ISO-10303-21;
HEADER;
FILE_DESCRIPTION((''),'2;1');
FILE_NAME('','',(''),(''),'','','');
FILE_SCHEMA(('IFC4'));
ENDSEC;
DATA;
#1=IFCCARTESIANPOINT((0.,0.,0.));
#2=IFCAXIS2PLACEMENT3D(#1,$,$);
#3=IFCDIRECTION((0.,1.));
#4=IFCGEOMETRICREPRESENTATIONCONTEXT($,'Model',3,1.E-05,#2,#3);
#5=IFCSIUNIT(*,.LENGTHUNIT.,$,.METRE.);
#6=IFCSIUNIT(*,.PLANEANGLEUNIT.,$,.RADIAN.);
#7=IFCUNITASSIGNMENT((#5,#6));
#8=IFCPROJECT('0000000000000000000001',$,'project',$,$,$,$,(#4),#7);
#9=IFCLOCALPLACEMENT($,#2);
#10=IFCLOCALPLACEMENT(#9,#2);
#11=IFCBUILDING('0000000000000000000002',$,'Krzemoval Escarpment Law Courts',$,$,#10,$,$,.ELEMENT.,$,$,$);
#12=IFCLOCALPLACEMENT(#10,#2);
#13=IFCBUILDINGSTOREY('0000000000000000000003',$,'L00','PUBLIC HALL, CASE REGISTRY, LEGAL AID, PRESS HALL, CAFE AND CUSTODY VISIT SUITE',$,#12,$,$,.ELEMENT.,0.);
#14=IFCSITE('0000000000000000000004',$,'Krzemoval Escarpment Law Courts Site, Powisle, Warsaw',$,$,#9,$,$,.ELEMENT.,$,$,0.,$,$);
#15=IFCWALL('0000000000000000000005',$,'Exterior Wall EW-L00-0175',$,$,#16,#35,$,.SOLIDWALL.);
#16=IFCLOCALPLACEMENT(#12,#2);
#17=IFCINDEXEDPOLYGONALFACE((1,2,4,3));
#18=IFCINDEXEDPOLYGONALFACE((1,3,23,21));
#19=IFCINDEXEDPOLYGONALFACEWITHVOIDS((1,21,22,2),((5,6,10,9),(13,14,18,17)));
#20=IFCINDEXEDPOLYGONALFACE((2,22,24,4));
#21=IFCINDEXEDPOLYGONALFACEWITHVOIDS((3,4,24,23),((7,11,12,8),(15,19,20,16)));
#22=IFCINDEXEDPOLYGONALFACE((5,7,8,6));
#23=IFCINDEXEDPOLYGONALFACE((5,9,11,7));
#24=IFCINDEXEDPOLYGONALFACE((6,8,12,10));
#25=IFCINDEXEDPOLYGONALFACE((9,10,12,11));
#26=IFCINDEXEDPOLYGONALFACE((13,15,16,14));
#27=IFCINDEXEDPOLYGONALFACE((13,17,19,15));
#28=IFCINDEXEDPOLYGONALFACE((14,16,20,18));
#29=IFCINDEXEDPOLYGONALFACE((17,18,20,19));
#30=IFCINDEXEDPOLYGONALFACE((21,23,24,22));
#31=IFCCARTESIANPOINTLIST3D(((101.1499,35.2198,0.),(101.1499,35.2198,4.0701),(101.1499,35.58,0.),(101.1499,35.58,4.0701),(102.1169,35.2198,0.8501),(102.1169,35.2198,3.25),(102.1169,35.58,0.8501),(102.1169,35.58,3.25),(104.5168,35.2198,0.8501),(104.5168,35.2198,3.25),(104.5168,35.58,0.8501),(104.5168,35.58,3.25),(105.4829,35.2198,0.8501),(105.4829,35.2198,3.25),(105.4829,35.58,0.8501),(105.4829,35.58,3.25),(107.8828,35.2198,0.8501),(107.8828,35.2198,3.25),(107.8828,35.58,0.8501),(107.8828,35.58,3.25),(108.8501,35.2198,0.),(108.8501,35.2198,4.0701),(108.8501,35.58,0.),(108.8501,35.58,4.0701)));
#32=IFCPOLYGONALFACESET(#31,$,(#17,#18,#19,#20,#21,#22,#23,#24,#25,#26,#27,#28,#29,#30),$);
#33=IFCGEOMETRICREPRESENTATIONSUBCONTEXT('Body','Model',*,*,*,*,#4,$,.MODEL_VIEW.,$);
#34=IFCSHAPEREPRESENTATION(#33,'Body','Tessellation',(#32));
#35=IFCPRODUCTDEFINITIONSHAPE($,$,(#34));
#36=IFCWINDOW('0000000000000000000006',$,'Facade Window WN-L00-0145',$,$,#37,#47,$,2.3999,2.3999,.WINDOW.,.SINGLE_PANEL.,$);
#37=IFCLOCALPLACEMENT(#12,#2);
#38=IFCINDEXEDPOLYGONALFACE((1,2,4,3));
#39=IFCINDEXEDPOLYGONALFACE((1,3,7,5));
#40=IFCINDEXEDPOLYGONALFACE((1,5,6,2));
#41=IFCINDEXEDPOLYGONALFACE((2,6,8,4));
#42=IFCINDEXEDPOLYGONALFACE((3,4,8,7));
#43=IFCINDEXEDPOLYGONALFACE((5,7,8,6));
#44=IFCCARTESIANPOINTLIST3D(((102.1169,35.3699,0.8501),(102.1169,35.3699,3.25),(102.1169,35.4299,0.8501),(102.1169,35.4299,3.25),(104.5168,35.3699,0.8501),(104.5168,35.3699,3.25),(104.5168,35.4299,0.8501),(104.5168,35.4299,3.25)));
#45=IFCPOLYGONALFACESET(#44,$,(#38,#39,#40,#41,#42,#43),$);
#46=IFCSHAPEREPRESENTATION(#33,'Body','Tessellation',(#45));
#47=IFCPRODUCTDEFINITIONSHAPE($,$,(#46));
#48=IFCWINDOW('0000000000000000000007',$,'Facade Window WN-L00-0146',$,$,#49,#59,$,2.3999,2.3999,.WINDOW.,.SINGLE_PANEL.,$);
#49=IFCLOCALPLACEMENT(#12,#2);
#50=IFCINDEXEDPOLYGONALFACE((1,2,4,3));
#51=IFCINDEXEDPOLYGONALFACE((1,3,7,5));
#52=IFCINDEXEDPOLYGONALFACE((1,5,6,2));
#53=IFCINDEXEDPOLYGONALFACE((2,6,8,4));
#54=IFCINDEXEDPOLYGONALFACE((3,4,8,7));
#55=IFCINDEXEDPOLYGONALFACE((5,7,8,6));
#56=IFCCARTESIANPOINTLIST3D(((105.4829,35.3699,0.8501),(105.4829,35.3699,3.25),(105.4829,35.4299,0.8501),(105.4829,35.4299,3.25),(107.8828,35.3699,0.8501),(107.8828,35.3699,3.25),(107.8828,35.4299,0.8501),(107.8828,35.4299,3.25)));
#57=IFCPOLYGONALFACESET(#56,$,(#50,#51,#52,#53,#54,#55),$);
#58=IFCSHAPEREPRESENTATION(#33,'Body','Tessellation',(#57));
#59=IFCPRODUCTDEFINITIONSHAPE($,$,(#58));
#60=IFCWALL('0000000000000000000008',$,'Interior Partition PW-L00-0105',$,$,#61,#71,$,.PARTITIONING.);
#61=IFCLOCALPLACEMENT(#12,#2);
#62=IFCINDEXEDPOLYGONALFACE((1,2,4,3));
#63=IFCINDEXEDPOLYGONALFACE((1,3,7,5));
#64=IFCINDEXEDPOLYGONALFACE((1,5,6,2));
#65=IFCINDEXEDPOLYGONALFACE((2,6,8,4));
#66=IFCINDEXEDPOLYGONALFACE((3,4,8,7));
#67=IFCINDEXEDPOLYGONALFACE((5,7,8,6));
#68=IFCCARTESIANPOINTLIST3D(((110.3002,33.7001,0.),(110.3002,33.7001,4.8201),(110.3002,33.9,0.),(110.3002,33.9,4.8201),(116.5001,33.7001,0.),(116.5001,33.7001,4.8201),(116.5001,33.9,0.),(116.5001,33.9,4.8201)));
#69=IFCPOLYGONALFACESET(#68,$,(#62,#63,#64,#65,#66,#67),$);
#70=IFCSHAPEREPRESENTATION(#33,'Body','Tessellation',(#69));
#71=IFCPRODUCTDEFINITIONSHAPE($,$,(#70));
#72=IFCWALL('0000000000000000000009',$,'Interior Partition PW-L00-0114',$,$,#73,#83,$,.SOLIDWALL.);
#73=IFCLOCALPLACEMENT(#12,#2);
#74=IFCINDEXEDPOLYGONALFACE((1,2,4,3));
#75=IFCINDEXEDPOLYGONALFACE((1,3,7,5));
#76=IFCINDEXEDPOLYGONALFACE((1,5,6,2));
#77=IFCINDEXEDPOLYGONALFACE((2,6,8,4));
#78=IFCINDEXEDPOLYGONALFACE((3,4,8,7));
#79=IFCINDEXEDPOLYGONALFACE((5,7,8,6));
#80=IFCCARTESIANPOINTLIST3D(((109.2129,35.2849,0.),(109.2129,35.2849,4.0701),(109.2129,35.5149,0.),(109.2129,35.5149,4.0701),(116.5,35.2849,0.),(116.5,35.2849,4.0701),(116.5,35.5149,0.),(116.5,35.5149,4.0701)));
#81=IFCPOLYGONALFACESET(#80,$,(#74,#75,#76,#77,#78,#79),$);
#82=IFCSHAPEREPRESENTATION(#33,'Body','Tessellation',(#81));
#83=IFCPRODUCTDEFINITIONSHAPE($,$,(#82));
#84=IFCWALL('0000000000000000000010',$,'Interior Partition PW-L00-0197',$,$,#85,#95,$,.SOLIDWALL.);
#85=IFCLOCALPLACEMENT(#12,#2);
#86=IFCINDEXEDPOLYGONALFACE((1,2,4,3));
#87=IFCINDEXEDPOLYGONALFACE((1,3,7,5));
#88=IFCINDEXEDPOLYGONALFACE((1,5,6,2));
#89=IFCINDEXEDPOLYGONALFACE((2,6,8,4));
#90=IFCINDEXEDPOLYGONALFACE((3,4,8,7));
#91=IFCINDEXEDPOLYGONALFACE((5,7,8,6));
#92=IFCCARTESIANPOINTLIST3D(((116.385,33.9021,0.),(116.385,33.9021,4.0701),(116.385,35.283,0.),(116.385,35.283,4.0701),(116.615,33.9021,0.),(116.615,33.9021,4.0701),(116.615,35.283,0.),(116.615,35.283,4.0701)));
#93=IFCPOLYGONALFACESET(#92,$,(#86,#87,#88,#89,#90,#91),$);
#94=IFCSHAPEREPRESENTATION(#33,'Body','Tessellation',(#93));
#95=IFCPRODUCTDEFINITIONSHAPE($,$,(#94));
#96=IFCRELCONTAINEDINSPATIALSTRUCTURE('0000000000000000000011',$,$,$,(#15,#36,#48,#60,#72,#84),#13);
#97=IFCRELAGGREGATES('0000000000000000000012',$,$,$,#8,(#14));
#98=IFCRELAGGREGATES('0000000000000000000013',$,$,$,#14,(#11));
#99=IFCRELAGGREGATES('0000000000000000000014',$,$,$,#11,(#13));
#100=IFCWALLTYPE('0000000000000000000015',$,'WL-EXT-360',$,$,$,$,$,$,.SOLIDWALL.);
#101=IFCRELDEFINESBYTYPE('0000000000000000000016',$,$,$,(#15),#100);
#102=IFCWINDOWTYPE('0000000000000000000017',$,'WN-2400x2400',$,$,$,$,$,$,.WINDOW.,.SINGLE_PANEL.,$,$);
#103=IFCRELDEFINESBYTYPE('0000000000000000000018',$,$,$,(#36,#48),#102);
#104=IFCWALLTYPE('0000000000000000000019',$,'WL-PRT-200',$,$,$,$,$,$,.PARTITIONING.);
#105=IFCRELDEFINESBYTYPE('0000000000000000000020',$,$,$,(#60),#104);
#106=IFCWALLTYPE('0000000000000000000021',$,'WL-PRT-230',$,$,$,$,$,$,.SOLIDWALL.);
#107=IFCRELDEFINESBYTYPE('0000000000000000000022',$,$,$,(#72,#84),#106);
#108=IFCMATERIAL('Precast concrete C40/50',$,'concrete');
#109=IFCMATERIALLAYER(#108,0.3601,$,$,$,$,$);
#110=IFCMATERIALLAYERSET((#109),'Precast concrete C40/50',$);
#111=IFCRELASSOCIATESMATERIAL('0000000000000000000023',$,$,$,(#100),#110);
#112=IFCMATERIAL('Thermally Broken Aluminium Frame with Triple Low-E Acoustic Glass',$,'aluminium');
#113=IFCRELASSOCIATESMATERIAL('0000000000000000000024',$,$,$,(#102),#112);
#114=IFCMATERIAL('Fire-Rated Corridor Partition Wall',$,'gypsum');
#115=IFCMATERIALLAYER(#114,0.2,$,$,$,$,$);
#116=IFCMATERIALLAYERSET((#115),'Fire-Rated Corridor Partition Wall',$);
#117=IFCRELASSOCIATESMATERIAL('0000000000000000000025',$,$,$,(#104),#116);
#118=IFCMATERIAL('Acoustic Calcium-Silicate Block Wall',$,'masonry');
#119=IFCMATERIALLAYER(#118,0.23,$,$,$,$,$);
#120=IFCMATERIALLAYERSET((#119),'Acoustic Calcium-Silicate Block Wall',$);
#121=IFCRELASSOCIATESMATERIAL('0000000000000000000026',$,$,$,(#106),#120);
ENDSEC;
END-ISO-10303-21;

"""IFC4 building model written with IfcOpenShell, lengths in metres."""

from ifc_helpers import new_model, si_unit, direction, frame, frame_2d, origin, place, context, subcontext, project, spatial, rectangle, extrude, material, layer, layer_set, type_object, element, fill, save


model = new_model("IFC4")

# Units and contexts
model_context = context("Model", 3, precision=1e-05, world=origin(), true_north=direction((0.0, 1.0)))
body_context = subcontext(model_context, "Body", "Model", "MODEL_VIEW")
ifc_project = project(units=[si_unit("LENGTHUNIT", "METRE"), si_unit("PLANEANGLEUNIT", "RADIAN")], contexts=[model_context])

# Site, building, storey
site_placement = place(None, origin())
site = spatial("IfcSite", under=ifc_project, at=site_placement, Name="Krzemoval Escarpment Law Courts Site, Powisle, Warsaw", CompositionType="ELEMENT", RefElevation=0.0)
building_placement = place(site_placement, origin())
building = spatial("IfcBuilding", under=site, at=building_placement, Name="Krzemoval Escarpment Law Courts", CompositionType="ELEMENT")
storey_placement = place(building_placement, origin())
storey = spatial("IfcBuildingStorey", under=building, at=storey_placement, Name="L00", Description="PUBLIC HALL, CASE REGISTRY, LEGAL AID, PRESS HALL, CAFE AND CUSTODY VISIT SUITE", CompositionType="ELEMENT", Elevation=0.0)

# Wall, openings, windows
ifc_material_1 = material(Name="Precast concrete C40/50", Category="concrete")
ifc_layer_1 = layer(ifc_material_1, 0.3601)
ifc_layer_set_1 = layer_set([ifc_layer_1], Name="Precast concrete C40/50")
wall_type_1 = type_object("IfcWallType", Name="WL-EXT-360", PredefinedType="SOLIDWALL", material=ifc_layer_set_1)
ifc_material_2 = material(Name="Thermally Broken Aluminium Frame with Triple Low-E Acoustic Glass", Category="aluminium")
window_type_1 = type_object("IfcWindowType", Name="WN-2400x2400", PartitioningType="SINGLE_PANEL", PredefinedType="WINDOW", material=ifc_material_2)
wall_1_placement = place(storey_placement, frame((101.1499, 35.3999, 0.0), z_axis=(0.0, 0.0, 1.0), x_axis=(1.0, 0.0, 0.0)))
wall_1 = element("IfcWall", 1, at=wall_1_placement, inside=storey, type_object=wall_type_1, Name="Exterior Wall EW-L00-0175", PredefinedType="SOLIDWALL", context=body_context, shape_type="SweptSolid", body=[
    extrude(rectangle(XDim=7.7002, YDim=0.3601, at=frame_2d((3.8501, 0.0))), origin(), (0.0, 0.0, 1.0), 4.0701),
])
opening_1_placement = place(wall_1_placement, frame((0.967, 0.0, 0.8501)))
opening_1 = element("IfcOpeningElement", 2, at=opening_1_placement, cuts=wall_1, PredefinedType="OPENING", context=body_context, shape_type="SweptSolid", body=[
    extrude(rectangle(XDim=2.3999, YDim=2.3999, at=frame_2d((1.2, 1.2))), frame((0.0, 0.1951, 0.0), z_axis=(0.0, -1.0, 0.0), x_axis=(1.0, 0.0, 0.0)), (0.0, 0.0, 1.0), 0.3901),
])
opening_2_placement = place(wall_1_placement, frame((4.333, 0.0, 0.8501)))
opening_2 = element("IfcOpeningElement", 3, at=opening_2_placement, cuts=wall_1, PredefinedType="OPENING", context=body_context, shape_type="SweptSolid", body=[
    extrude(rectangle(XDim=2.3999, YDim=2.3999, at=frame_2d((1.2, 1.2))), frame((0.0, 0.1951, 0.0), z_axis=(0.0, -1.0, 0.0), x_axis=(1.0, 0.0, 0.0)), (0.0, 0.0, 1.0), 0.3901),
])
window_1_placement = place(opening_1_placement, origin())
window_1 = element("IfcWindow", 4, at=window_1_placement, inside=storey, type_object=window_type_1, Name="Facade Window WN-L00-0145", OverallHeight=2.3999, OverallWidth=2.3999, PartitioningType="SINGLE_PANEL", PredefinedType="WINDOW", context=body_context, shape_type="SweptSolid", body=[
    extrude(rectangle(XDim=2.3999, YDim=2.3999, at=frame_2d((1.2, 1.2))), frame((0.0, 0.03, 0.0), z_axis=(0.0, -1.0, 0.0), x_axis=(1.0, 0.0, 0.0)), (0.0, 0.0, 1.0), 0.0601),
])
fill(opening_1, window_1)
window_2_placement = place(opening_2_placement, origin())
window_2 = element("IfcWindow", 5, at=window_2_placement, inside=storey, type_object=window_type_1, Name="Facade Window WN-L00-0146", OverallHeight=2.3999, OverallWidth=2.3999, PartitioningType="SINGLE_PANEL", PredefinedType="WINDOW", context=body_context, shape_type="SweptSolid", body=[
    extrude(rectangle(XDim=2.3999, YDim=2.3999, at=frame_2d((1.2, 1.2))), frame((0.0, 0.03, 0.0), z_axis=(0.0, -1.0, 0.0), x_axis=(1.0, 0.0, 0.0)), (0.0, 0.0, 1.0), 0.0601),
])
fill(opening_2, window_2)

# Walls
ifc_material_3 = material(Name="Fire-Rated Corridor Partition Wall", Category="gypsum")
ifc_layer_2 = layer(ifc_material_3, 0.2)
ifc_layer_set_2 = layer_set([ifc_layer_2], Name="Fire-Rated Corridor Partition Wall")
wall_type_2 = type_object("IfcWallType", Name="WL-PRT-200", PredefinedType="PARTITIONING", material=ifc_layer_set_2)
wall_2_placement = place(storey_placement, frame((110.3, 33.8, 0.0), z_axis=(0.0, 0.0, 1.0), x_axis=(1.0, 0.0, 0.0)))
element("IfcWall", 6, at=wall_2_placement, inside=storey, type_object=wall_type_2, Name="Interior Partition PW-L00-0105", PredefinedType="PARTITIONING", context=body_context, shape_type="SweptSolid", body=[
    extrude(rectangle(XDim=6.2, YDim=0.2, at=frame_2d((3.1001, 0.0))), origin(), (0.0, 0.0, 1.0), 4.8201),
])
ifc_material_4 = material(Name="Acoustic Calcium-Silicate Block Wall", Category="masonry")
ifc_layer_3 = layer(ifc_material_4, 0.23)
ifc_layer_set_3 = layer_set([ifc_layer_3], Name="Acoustic Calcium-Silicate Block Wall")
wall_type_3 = type_object("IfcWallType", Name="WL-PRT-230", PredefinedType="SOLIDWALL", material=ifc_layer_set_3)
wall_3_placement = place(storey_placement, frame((109.2129, 35.3999, 0.0), z_axis=(0.0, 0.0, 1.0), x_axis=(1.0, 0.0, 0.0)))
element("IfcWall", 7, at=wall_3_placement, inside=storey, type_object=wall_type_3, Name="Interior Partition PW-L00-0114", PredefinedType="SOLIDWALL", context=body_context, shape_type="SweptSolid", body=[
    extrude(rectangle(XDim=7.2871, YDim=0.23, at=frame_2d((3.6436, 0.0))), origin(), (0.0, 0.0, 1.0), 4.0701),
])
wall_4_placement = place(storey_placement, frame((116.5, 33.9021, 0.0), z_axis=(0.0, 0.0, 1.0), x_axis=(0.0, 1.0, 0.0)))
element("IfcWall", 8, at=wall_4_placement, inside=storey, type_object=wall_type_3, Name="Interior Partition PW-L00-0197", PredefinedType="SOLIDWALL", context=body_context, shape_type="SweptSolid", body=[
    extrude(rectangle(XDim=1.3809, YDim=0.23, at=frame_2d((0.6904, 0.0))), origin(), (0.0, 0.0, 1.0), 4.0701),
])

save(model, "model.ifc")
